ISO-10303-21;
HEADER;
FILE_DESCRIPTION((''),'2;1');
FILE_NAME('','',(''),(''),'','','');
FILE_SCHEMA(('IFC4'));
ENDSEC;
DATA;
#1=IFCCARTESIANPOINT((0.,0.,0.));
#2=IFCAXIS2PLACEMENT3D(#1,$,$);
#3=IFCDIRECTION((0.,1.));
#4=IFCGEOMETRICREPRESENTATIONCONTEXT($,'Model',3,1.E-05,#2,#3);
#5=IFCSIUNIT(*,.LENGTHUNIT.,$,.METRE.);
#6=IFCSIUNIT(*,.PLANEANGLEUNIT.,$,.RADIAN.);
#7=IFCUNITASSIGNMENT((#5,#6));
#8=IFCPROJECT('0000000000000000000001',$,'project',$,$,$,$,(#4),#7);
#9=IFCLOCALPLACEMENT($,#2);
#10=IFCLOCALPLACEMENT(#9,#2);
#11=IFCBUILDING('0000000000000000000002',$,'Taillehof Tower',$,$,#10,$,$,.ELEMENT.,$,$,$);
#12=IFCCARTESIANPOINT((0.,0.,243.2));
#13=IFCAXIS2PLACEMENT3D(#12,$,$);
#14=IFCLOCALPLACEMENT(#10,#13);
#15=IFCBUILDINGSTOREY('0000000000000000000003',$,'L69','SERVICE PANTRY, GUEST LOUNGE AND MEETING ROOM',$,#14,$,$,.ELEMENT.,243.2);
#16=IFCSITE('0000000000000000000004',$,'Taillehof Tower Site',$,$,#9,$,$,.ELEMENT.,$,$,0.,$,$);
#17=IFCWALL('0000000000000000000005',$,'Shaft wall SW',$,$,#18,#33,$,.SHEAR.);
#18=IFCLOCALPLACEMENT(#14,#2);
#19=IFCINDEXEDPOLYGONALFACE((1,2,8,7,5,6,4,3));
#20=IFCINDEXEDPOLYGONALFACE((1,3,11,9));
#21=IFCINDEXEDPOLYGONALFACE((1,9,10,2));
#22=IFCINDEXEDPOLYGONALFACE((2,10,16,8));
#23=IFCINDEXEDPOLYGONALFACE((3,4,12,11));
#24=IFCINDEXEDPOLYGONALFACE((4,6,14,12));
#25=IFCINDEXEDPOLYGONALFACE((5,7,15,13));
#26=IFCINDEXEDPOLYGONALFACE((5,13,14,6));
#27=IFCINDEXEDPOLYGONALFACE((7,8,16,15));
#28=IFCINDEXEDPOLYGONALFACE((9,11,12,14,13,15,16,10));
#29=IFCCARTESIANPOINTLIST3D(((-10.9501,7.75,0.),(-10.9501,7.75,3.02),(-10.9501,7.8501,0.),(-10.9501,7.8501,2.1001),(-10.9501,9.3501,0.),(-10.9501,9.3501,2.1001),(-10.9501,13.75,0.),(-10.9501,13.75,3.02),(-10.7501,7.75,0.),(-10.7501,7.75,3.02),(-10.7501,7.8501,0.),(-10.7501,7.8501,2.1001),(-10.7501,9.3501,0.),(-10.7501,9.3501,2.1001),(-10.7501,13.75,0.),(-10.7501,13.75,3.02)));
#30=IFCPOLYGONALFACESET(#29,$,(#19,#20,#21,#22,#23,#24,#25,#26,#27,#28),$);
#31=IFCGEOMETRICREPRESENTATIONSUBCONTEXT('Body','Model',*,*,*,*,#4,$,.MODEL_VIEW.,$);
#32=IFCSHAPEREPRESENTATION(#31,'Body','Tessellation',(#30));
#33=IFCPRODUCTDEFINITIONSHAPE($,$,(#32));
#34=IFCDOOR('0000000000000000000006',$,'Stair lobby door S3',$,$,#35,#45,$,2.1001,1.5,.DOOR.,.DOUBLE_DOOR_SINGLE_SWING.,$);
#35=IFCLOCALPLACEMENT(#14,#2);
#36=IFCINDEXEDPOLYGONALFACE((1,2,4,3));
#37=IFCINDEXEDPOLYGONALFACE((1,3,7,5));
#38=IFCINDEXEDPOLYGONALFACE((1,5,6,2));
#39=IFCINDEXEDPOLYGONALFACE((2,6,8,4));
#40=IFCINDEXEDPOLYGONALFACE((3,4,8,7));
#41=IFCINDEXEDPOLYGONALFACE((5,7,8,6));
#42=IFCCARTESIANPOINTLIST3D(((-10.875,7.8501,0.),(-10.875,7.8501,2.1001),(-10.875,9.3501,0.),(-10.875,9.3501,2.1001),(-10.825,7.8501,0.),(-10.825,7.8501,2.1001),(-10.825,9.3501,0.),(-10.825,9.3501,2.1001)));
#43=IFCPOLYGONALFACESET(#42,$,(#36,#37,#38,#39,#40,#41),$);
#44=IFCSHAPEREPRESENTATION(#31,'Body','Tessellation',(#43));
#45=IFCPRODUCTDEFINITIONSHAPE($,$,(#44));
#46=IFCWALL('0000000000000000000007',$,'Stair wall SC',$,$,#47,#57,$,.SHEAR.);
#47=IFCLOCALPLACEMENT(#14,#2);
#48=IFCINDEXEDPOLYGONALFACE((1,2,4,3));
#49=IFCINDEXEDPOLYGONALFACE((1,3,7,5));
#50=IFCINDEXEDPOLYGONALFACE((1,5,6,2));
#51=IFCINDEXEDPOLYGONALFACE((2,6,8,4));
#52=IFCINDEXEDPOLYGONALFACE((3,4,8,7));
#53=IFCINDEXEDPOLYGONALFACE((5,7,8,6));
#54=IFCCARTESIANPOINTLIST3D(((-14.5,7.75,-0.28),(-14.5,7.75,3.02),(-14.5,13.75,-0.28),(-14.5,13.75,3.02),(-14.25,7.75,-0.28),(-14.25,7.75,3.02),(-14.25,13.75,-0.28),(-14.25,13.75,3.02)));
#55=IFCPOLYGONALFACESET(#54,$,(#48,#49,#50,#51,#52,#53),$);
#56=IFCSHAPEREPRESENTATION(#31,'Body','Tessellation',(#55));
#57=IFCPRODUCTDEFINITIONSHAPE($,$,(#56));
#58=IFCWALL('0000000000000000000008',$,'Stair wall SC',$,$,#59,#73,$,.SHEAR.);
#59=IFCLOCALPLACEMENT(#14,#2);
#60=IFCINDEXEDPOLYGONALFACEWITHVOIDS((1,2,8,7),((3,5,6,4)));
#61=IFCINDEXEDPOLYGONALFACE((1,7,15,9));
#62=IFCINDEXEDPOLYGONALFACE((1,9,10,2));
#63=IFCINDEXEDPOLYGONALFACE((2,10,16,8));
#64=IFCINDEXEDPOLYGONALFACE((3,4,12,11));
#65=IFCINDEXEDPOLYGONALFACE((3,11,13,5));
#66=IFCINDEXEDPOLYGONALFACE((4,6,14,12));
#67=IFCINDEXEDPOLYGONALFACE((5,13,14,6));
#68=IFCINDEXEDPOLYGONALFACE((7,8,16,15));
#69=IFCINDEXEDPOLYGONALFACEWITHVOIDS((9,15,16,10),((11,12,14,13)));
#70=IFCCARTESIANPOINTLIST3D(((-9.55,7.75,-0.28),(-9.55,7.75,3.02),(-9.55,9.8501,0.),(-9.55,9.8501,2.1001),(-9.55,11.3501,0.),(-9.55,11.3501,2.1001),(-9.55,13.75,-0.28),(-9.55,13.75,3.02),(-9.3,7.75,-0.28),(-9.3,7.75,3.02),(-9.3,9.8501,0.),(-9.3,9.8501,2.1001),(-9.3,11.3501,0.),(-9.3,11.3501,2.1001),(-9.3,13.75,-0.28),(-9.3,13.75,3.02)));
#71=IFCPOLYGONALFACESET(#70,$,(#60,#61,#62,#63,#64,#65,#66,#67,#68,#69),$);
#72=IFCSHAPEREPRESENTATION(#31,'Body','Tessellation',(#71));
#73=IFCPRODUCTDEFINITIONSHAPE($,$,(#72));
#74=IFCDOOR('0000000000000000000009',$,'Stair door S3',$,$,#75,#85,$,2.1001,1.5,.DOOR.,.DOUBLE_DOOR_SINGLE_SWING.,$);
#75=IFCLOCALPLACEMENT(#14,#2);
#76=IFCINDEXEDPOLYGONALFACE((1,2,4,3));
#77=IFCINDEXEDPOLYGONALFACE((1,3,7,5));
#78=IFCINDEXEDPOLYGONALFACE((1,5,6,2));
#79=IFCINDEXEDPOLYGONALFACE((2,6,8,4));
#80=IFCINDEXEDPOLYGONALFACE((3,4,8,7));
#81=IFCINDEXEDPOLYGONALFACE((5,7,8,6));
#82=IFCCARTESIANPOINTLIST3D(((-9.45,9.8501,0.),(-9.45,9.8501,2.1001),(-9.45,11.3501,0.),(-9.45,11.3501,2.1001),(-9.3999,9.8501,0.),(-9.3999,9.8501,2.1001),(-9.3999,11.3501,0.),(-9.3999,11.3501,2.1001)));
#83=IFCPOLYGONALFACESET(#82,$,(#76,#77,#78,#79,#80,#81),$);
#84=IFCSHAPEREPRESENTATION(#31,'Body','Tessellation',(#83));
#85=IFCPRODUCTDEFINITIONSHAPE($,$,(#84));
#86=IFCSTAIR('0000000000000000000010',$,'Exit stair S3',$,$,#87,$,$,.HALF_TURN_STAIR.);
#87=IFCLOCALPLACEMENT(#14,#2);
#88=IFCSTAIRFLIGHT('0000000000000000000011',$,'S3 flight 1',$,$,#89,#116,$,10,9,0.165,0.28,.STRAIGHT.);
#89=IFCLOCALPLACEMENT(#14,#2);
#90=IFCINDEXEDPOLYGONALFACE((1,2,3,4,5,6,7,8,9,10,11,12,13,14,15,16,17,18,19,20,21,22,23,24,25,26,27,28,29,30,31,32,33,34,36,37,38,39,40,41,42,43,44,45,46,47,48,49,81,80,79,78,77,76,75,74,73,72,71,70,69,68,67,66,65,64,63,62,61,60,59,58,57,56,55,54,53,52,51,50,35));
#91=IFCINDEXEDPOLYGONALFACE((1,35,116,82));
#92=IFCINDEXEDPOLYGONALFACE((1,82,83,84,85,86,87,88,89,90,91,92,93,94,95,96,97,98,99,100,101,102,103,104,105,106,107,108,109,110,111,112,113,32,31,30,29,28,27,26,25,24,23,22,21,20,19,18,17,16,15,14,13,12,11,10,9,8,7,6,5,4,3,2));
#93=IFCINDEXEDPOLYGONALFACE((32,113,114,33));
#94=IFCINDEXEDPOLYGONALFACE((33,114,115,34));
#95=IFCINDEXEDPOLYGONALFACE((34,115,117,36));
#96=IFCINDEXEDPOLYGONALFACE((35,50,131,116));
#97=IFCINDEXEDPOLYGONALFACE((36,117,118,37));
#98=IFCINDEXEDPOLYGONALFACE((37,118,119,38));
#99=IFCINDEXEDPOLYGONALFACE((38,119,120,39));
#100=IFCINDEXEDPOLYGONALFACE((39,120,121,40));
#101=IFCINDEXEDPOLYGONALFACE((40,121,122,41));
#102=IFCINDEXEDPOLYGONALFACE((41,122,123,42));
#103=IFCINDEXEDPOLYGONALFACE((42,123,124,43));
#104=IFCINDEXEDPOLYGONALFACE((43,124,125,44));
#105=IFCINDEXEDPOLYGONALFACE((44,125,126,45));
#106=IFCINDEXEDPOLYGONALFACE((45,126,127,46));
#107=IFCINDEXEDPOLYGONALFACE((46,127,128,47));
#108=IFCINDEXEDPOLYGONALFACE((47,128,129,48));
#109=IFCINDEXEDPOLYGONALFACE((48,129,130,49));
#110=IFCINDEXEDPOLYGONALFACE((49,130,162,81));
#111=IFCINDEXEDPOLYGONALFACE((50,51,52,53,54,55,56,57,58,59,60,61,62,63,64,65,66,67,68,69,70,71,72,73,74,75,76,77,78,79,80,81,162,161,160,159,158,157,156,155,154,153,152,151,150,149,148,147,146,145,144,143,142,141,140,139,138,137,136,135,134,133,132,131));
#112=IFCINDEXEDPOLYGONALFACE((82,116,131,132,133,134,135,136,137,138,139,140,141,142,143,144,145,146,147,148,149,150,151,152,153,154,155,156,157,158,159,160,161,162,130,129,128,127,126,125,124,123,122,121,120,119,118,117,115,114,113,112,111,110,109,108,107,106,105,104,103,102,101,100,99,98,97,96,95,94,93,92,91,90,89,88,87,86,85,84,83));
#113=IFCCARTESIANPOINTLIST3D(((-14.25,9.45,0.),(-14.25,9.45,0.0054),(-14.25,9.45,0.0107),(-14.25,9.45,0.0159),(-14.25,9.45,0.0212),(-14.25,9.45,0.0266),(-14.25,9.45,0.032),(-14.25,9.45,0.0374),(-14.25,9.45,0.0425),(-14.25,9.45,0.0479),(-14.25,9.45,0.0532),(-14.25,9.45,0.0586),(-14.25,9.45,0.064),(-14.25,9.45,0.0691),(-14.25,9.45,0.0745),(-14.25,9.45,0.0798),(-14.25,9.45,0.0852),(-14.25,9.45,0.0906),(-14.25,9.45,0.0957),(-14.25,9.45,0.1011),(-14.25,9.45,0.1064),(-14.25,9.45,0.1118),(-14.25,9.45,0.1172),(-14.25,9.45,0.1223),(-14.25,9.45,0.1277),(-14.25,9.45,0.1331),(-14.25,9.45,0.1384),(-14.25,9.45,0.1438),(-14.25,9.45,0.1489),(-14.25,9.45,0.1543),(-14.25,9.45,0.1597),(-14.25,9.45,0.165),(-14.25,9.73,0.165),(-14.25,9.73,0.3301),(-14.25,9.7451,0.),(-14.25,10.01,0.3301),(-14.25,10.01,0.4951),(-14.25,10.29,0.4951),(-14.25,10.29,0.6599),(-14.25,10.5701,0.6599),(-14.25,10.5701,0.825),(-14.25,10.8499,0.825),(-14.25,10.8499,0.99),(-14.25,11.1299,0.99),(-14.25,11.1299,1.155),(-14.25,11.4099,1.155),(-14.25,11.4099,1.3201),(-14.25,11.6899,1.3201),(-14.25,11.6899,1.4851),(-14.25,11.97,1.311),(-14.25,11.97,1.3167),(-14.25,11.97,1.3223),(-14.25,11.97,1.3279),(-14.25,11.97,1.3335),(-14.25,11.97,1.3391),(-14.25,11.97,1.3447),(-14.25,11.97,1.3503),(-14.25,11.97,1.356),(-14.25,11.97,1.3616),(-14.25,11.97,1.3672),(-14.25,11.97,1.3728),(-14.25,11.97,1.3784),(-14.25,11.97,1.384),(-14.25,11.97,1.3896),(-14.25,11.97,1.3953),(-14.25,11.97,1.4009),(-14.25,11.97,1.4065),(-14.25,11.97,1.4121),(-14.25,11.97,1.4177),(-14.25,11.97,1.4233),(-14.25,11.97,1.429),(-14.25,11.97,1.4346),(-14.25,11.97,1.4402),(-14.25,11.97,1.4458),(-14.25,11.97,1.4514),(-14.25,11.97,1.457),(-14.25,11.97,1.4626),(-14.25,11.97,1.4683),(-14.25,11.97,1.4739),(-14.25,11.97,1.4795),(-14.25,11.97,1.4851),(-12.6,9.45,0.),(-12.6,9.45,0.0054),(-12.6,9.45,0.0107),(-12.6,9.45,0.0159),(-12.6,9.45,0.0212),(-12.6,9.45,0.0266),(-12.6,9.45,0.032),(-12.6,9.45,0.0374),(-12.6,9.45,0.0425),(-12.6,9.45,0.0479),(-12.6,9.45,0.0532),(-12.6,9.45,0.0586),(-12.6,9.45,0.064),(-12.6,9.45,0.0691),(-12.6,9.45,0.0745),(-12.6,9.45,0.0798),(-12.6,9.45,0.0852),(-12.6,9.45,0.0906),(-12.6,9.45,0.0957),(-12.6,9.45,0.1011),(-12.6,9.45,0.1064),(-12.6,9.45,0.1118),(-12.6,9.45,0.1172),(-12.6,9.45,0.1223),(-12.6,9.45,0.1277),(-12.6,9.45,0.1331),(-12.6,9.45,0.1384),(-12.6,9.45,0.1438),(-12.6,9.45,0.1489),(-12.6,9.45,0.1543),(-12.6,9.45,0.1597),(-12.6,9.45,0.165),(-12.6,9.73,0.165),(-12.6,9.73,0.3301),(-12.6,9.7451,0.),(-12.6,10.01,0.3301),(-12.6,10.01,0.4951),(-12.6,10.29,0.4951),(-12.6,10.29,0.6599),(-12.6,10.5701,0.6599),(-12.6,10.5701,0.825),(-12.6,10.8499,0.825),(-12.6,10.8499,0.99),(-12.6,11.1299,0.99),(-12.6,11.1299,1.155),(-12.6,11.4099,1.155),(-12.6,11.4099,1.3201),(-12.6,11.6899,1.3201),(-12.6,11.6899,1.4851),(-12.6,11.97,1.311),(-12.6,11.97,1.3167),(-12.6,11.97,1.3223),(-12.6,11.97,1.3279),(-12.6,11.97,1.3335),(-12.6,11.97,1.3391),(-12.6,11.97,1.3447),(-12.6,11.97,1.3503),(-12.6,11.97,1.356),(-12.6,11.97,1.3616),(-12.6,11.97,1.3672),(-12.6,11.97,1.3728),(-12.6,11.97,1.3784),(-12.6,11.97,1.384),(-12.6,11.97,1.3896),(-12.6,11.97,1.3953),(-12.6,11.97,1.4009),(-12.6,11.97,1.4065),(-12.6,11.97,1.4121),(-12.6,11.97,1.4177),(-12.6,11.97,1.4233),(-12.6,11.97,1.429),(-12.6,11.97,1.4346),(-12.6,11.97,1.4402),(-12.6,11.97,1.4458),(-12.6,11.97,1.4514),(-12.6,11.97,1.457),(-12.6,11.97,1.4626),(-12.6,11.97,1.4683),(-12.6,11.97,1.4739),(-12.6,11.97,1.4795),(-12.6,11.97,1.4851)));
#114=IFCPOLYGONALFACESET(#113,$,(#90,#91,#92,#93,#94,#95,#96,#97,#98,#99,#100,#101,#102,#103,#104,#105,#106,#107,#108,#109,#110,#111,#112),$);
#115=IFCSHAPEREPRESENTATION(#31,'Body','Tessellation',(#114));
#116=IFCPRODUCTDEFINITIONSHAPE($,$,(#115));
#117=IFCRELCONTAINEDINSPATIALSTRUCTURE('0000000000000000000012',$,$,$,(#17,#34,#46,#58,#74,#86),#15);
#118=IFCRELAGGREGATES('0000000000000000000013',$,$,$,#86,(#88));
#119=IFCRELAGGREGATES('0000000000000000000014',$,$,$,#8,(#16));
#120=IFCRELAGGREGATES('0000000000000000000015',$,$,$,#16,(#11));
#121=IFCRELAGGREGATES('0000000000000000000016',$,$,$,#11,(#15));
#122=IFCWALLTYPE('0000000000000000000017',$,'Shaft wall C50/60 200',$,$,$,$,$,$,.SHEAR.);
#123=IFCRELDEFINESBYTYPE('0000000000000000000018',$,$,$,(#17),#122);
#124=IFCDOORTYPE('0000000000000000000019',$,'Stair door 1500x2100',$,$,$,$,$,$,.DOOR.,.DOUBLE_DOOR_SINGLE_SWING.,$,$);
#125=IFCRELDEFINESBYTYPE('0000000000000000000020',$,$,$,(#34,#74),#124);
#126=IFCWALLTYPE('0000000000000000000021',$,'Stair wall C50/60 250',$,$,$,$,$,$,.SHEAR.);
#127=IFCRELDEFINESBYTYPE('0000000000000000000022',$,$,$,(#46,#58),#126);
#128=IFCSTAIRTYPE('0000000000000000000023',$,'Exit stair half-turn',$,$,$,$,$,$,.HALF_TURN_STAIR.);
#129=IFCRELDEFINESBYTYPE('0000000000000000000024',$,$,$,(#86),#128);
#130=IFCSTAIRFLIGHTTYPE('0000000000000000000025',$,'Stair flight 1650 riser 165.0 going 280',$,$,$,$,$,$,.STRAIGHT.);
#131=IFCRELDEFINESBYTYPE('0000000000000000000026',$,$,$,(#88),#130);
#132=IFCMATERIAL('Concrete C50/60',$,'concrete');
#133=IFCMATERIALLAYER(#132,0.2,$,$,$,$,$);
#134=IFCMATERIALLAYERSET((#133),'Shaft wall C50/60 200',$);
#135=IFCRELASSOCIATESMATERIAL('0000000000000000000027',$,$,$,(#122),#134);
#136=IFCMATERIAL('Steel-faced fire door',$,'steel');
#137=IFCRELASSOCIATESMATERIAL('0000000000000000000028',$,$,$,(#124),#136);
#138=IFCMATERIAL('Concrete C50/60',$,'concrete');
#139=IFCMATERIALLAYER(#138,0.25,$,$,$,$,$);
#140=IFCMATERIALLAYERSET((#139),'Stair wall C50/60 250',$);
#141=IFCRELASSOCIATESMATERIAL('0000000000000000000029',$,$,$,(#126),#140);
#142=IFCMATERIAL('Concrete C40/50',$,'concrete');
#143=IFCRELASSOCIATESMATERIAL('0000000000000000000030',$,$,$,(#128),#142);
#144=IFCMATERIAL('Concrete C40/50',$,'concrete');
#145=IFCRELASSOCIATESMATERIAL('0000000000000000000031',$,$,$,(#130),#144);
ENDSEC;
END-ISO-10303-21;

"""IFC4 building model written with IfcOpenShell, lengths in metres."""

from ifc_helpers import new_model, si_unit, direction, frame, frame_2d, origin, place, context, subcontext, project, spatial, polyline, rectangle, outline, extrude, material, layer, layer_set, type_object, element, fill, aggregate, save


model = new_model("IFC4")

# Units and contexts
model_context = context("Model", 3, precision=1e-05, world=origin(), true_north=direction((0.0, 1.0)))
body_context = subcontext(model_context, "Body", "Model", "MODEL_VIEW")
ifc_project = project(units=[si_unit("LENGTHUNIT", "METRE"), si_unit("PLANEANGLEUNIT", "RADIAN")], contexts=[model_context])

# Site, building, storey
site_placement = place(None, origin())
site = spatial("IfcSite", under=ifc_project, at=site_placement, Name="Taillehof Tower Site", CompositionType="ELEMENT", RefElevation=0.0)
building_placement = place(site_placement, origin())
building = spatial("IfcBuilding", under=site, at=building_placement, Name="Taillehof Tower", CompositionType="ELEMENT")
storey_placement = place(building_placement, frame((0.0, 0.0, 243.2)))
storey = spatial("IfcBuildingStorey", under=building, at=storey_placement, Name="L69", Description="SERVICE PANTRY, GUEST LOUNGE AND MEETING ROOM", CompositionType="ELEMENT", Elevation=243.2)

# Wall, opening, door
ifc_material_1 = material(Name="Concrete C50/60", Category="concrete")
ifc_layer_1 = layer(ifc_material_1, 0.2)
ifc_layer_set_1 = layer_set([ifc_layer_1], Name="Shaft wall C50/60 200")
wall_type_1 = type_object("IfcWallType", Name="Shaft wall C50/60 200", PredefinedType="SHEAR", material=ifc_layer_set_1)
wall_1_placement = place(storey_placement, frame((-10.8501, 7.75, 0.0), z_axis=(0.0, 0.0, 1.0), x_axis=(0.0, 1.0, 0.0)))
wall_1 = element("IfcWall", 1, at=wall_1_placement, inside=storey, type_object=wall_type_1, Name="Shaft wall SW", PredefinedType="SHEAR", context=body_context, shape_type="SweptSolid", body=[
    extrude(rectangle(XDim=6.0, YDim=0.2, at=frame_2d((3.0, 0.0))), origin(), (0.0, 0.0, 1.0), 3.02),
])
opening_1_placement = place(wall_1_placement, frame((0.1001, 0.0, 0.0)))
opening_1 = element("IfcOpeningElement", 2, at=opening_1_placement, cuts=wall_1, PredefinedType="OPENING", context=body_context, shape_type="SweptSolid", body=[
    extrude(rectangle(XDim=1.5, YDim=2.1001, at=frame_2d((0.75, 1.05))), frame((0.0, 0.1099, 0.0), z_axis=(0.0, -1.0, 0.0), x_axis=(1.0, 0.0, 0.0)), (0.0, 0.0, 1.0), 0.22),
])
ifc_material_2 = material(Name="Steel-faced fire door", Category="steel")
door_type = type_object("IfcDoorType", Name="Stair door 1500x2100", OperationType="DOUBLE_DOOR_SINGLE_SWING", PredefinedType="DOOR", material=ifc_material_2)
door_1_placement = place(opening_1_placement, origin())
door_1 = element("IfcDoor", 3, at=door_1_placement, inside=storey, type_object=door_type, Name="Stair lobby door S3", OperationType="DOUBLE_DOOR_SINGLE_SWING", OverallHeight=2.1001, OverallWidth=1.5, PredefinedType="DOOR", context=body_context, shape_type="SweptSolid", body=[
    extrude(rectangle(XDim=1.5, YDim=2.1001, at=frame_2d((0.75, 1.05))), frame((0.0, 0.0249, 0.0), z_axis=(0.0, -1.0, 0.0), x_axis=(1.0, 0.0, 0.0)), (0.0, 0.0, 1.0), 0.05),
])
fill(opening_1, door_1)

# Wall
ifc_material_3 = material(Name="Concrete C50/60", Category="concrete")
ifc_layer_2 = layer(ifc_material_3, 0.25)
ifc_layer_set_2 = layer_set([ifc_layer_2], Name="Stair wall C50/60 250")
wall_type_2 = type_object("IfcWallType", Name="Stair wall C50/60 250", PredefinedType="SHEAR", material=ifc_layer_set_2)
wall_2_placement = place(storey_placement, frame((-14.375, 7.75, -0.28), z_axis=(0.0, 0.0, 1.0), x_axis=(0.0, 1.0, 0.0)))
element("IfcWall", 4, at=wall_2_placement, inside=storey, type_object=wall_type_2, Name="Stair wall SC", PredefinedType="SHEAR", context=body_context, shape_type="SweptSolid", body=[
    extrude(rectangle(XDim=6.0, YDim=0.25, at=frame_2d((3.0, 0.0))), origin(), (0.0, 0.0, 1.0), 3.3),
])

# Wall, opening, door
wall_3_placement = place(storey_placement, frame((-9.425, 7.75, -0.28), z_axis=(0.0, 0.0, 1.0), x_axis=(0.0, 1.0, 0.0)))
wall_3 = element("IfcWall", 5, at=wall_3_placement, inside=storey, type_object=wall_type_2, Name="Stair wall SC", PredefinedType="SHEAR", context=body_context, shape_type="SweptSolid", body=[
    extrude(rectangle(XDim=6.0, YDim=0.25, at=frame_2d((3.0, 0.0))), origin(), (0.0, 0.0, 1.0), 3.3),
])
opening_2_placement = place(wall_3_placement, frame((2.1001, 0.0, 0.28)))
opening_2 = element("IfcOpeningElement", 6, at=opening_2_placement, cuts=wall_3, PredefinedType="OPENING", context=body_context, shape_type="SweptSolid", body=[
    extrude(rectangle(XDim=1.5, YDim=2.1001, at=frame_2d((0.75, 1.05))), frame((0.0, 0.135, 0.0), z_axis=(0.0, -1.0, 0.0), x_axis=(1.0, 0.0, 0.0)), (0.0, 0.0, 1.0), 0.27),
])
door_2_placement = place(opening_2_placement, origin())
door_2 = element("IfcDoor", 7, at=door_2_placement, inside=storey, type_object=door_type, Name="Stair door S3", OperationType="DOUBLE_DOOR_SINGLE_SWING", OverallHeight=2.1001, OverallWidth=1.5, PredefinedType="DOOR", context=body_context, shape_type="SweptSolid", body=[
    extrude(rectangle(XDim=1.5, YDim=2.1001, at=frame_2d((0.75, 1.05))), frame((0.0, 0.0249, 0.0), z_axis=(0.0, -1.0, 0.0), x_axis=(1.0, 0.0, 0.0)), (0.0, 0.0, 1.0), 0.05),
])
fill(opening_2, door_2)

# Stair, stair flight
ifc_material_4 = material(Name="Concrete C40/50", Category="concrete")
stair_type = type_object("IfcStairType", Name="Exit stair half-turn", PredefinedType="HALF_TURN_STAIR", material=ifc_material_4)
stair_placement = place(storey_placement, origin())
stair = element("IfcStair", 8, at=stair_placement, inside=storey, type_object=stair_type, Name="Exit stair S3", PredefinedType="HALF_TURN_STAIR")
ifc_material_5 = material(Name="Concrete C40/50", Category="concrete")
stair_flight_type = type_object("IfcStairFlightType", Name="Stair flight 1650 riser 165.0 going 280", PredefinedType="STRAIGHT", material=ifc_material_5)
stair_flight_1_placement = place(storey_placement, frame((-13.425, 9.45, 0.0), z_axis=(0.0, 0.0, 1.0), x_axis=(0.0, 1.0, 0.0)))
stair_flight_1 = element("IfcStairFlight", 9, at=stair_flight_1_placement, type_object=stair_flight_type, Name="S3 flight 1", NumberOfRisers=10, NumberOfTreads=9, PredefinedType="STRAIGHT", RiserHeight=0.165, TreadLength=0.28, context=body_context, shape_type="SweptSolid", body=[
    extrude(outline(polyline([(0.0, 0.0), (0.0, 0.0054), (0.0, 0.0107), (0.0, 0.0159), (0.0, 0.0212), (0.0, 0.0266), (0.0, 0.032), (0.0, 0.0374), (0.0, 0.0425), (0.0, 0.0479), (0.0, 0.0532), (0.0, 0.0586), (0.0, 0.064), (0.0, 0.0691), (0.0, 0.0745), (0.0, 0.0798), (0.0, 0.0852), (0.0, 0.0906), (0.0, 0.0957), (0.0, 0.1011), (0.0, 0.1064), (0.0, 0.1118), (0.0, 0.1172), (0.0, 0.1223), (0.0, 0.1277), (0.0, 0.1331), (0.0, 0.1384), (0.0, 0.1438), (0.0, 0.1489), (0.0, 0.1543), (0.0, 0.1597), (0.0, 0.165), (0.28, 0.165), (0.28, 0.3301), (0.5601, 0.3301), (0.5601, 0.4951), (0.8401, 0.4951), (0.8401, 0.6599), (1.1201, 0.6599), (1.1201, 0.825), (1.3999, 0.825), (1.3999, 0.99), (1.6799, 0.99), (1.6799, 1.155), (1.96, 1.155), (1.96, 1.3201), (2.24, 1.3201), (2.24, 1.4851), (2.52, 1.4851), (2.52, 1.4795), (2.52, 1.4739), (2.52, 1.4683), (2.52, 1.4626), (2.52, 1.457), (2.52, 1.4514), (2.52, 1.4458), (2.52, 1.4402), (2.52, 1.4346), (2.52, 1.429), (2.52, 1.4233), (2.52, 1.4177), (2.52, 1.4121), (2.52, 1.4065), (2.52, 1.4009), (2.52, 1.3953), (2.52, 1.3896), (2.52, 1.384), (2.52, 1.3784), (2.52, 1.3728), (2.52, 1.3672), (2.52, 1.3616), (2.52, 1.356), (2.52, 1.3503), (2.52, 1.3447), (2.52, 1.3391), (2.52, 1.3335), (2.52, 1.3279), (2.52, 1.3223), (2.52, 1.3167), (2.52, 1.311), (0.2952, 0.0), (0.0, 0.0)])), frame((0.0, 0.825, 0.0), z_axis=(0.0, -1.0, 0.0), x_axis=(1.0, 0.0, 0.0)), (0.0, 0.0, 1.0), 1.65),
])
aggregate(stair, [stair_flight_1])

save(model, "model.ifc")
